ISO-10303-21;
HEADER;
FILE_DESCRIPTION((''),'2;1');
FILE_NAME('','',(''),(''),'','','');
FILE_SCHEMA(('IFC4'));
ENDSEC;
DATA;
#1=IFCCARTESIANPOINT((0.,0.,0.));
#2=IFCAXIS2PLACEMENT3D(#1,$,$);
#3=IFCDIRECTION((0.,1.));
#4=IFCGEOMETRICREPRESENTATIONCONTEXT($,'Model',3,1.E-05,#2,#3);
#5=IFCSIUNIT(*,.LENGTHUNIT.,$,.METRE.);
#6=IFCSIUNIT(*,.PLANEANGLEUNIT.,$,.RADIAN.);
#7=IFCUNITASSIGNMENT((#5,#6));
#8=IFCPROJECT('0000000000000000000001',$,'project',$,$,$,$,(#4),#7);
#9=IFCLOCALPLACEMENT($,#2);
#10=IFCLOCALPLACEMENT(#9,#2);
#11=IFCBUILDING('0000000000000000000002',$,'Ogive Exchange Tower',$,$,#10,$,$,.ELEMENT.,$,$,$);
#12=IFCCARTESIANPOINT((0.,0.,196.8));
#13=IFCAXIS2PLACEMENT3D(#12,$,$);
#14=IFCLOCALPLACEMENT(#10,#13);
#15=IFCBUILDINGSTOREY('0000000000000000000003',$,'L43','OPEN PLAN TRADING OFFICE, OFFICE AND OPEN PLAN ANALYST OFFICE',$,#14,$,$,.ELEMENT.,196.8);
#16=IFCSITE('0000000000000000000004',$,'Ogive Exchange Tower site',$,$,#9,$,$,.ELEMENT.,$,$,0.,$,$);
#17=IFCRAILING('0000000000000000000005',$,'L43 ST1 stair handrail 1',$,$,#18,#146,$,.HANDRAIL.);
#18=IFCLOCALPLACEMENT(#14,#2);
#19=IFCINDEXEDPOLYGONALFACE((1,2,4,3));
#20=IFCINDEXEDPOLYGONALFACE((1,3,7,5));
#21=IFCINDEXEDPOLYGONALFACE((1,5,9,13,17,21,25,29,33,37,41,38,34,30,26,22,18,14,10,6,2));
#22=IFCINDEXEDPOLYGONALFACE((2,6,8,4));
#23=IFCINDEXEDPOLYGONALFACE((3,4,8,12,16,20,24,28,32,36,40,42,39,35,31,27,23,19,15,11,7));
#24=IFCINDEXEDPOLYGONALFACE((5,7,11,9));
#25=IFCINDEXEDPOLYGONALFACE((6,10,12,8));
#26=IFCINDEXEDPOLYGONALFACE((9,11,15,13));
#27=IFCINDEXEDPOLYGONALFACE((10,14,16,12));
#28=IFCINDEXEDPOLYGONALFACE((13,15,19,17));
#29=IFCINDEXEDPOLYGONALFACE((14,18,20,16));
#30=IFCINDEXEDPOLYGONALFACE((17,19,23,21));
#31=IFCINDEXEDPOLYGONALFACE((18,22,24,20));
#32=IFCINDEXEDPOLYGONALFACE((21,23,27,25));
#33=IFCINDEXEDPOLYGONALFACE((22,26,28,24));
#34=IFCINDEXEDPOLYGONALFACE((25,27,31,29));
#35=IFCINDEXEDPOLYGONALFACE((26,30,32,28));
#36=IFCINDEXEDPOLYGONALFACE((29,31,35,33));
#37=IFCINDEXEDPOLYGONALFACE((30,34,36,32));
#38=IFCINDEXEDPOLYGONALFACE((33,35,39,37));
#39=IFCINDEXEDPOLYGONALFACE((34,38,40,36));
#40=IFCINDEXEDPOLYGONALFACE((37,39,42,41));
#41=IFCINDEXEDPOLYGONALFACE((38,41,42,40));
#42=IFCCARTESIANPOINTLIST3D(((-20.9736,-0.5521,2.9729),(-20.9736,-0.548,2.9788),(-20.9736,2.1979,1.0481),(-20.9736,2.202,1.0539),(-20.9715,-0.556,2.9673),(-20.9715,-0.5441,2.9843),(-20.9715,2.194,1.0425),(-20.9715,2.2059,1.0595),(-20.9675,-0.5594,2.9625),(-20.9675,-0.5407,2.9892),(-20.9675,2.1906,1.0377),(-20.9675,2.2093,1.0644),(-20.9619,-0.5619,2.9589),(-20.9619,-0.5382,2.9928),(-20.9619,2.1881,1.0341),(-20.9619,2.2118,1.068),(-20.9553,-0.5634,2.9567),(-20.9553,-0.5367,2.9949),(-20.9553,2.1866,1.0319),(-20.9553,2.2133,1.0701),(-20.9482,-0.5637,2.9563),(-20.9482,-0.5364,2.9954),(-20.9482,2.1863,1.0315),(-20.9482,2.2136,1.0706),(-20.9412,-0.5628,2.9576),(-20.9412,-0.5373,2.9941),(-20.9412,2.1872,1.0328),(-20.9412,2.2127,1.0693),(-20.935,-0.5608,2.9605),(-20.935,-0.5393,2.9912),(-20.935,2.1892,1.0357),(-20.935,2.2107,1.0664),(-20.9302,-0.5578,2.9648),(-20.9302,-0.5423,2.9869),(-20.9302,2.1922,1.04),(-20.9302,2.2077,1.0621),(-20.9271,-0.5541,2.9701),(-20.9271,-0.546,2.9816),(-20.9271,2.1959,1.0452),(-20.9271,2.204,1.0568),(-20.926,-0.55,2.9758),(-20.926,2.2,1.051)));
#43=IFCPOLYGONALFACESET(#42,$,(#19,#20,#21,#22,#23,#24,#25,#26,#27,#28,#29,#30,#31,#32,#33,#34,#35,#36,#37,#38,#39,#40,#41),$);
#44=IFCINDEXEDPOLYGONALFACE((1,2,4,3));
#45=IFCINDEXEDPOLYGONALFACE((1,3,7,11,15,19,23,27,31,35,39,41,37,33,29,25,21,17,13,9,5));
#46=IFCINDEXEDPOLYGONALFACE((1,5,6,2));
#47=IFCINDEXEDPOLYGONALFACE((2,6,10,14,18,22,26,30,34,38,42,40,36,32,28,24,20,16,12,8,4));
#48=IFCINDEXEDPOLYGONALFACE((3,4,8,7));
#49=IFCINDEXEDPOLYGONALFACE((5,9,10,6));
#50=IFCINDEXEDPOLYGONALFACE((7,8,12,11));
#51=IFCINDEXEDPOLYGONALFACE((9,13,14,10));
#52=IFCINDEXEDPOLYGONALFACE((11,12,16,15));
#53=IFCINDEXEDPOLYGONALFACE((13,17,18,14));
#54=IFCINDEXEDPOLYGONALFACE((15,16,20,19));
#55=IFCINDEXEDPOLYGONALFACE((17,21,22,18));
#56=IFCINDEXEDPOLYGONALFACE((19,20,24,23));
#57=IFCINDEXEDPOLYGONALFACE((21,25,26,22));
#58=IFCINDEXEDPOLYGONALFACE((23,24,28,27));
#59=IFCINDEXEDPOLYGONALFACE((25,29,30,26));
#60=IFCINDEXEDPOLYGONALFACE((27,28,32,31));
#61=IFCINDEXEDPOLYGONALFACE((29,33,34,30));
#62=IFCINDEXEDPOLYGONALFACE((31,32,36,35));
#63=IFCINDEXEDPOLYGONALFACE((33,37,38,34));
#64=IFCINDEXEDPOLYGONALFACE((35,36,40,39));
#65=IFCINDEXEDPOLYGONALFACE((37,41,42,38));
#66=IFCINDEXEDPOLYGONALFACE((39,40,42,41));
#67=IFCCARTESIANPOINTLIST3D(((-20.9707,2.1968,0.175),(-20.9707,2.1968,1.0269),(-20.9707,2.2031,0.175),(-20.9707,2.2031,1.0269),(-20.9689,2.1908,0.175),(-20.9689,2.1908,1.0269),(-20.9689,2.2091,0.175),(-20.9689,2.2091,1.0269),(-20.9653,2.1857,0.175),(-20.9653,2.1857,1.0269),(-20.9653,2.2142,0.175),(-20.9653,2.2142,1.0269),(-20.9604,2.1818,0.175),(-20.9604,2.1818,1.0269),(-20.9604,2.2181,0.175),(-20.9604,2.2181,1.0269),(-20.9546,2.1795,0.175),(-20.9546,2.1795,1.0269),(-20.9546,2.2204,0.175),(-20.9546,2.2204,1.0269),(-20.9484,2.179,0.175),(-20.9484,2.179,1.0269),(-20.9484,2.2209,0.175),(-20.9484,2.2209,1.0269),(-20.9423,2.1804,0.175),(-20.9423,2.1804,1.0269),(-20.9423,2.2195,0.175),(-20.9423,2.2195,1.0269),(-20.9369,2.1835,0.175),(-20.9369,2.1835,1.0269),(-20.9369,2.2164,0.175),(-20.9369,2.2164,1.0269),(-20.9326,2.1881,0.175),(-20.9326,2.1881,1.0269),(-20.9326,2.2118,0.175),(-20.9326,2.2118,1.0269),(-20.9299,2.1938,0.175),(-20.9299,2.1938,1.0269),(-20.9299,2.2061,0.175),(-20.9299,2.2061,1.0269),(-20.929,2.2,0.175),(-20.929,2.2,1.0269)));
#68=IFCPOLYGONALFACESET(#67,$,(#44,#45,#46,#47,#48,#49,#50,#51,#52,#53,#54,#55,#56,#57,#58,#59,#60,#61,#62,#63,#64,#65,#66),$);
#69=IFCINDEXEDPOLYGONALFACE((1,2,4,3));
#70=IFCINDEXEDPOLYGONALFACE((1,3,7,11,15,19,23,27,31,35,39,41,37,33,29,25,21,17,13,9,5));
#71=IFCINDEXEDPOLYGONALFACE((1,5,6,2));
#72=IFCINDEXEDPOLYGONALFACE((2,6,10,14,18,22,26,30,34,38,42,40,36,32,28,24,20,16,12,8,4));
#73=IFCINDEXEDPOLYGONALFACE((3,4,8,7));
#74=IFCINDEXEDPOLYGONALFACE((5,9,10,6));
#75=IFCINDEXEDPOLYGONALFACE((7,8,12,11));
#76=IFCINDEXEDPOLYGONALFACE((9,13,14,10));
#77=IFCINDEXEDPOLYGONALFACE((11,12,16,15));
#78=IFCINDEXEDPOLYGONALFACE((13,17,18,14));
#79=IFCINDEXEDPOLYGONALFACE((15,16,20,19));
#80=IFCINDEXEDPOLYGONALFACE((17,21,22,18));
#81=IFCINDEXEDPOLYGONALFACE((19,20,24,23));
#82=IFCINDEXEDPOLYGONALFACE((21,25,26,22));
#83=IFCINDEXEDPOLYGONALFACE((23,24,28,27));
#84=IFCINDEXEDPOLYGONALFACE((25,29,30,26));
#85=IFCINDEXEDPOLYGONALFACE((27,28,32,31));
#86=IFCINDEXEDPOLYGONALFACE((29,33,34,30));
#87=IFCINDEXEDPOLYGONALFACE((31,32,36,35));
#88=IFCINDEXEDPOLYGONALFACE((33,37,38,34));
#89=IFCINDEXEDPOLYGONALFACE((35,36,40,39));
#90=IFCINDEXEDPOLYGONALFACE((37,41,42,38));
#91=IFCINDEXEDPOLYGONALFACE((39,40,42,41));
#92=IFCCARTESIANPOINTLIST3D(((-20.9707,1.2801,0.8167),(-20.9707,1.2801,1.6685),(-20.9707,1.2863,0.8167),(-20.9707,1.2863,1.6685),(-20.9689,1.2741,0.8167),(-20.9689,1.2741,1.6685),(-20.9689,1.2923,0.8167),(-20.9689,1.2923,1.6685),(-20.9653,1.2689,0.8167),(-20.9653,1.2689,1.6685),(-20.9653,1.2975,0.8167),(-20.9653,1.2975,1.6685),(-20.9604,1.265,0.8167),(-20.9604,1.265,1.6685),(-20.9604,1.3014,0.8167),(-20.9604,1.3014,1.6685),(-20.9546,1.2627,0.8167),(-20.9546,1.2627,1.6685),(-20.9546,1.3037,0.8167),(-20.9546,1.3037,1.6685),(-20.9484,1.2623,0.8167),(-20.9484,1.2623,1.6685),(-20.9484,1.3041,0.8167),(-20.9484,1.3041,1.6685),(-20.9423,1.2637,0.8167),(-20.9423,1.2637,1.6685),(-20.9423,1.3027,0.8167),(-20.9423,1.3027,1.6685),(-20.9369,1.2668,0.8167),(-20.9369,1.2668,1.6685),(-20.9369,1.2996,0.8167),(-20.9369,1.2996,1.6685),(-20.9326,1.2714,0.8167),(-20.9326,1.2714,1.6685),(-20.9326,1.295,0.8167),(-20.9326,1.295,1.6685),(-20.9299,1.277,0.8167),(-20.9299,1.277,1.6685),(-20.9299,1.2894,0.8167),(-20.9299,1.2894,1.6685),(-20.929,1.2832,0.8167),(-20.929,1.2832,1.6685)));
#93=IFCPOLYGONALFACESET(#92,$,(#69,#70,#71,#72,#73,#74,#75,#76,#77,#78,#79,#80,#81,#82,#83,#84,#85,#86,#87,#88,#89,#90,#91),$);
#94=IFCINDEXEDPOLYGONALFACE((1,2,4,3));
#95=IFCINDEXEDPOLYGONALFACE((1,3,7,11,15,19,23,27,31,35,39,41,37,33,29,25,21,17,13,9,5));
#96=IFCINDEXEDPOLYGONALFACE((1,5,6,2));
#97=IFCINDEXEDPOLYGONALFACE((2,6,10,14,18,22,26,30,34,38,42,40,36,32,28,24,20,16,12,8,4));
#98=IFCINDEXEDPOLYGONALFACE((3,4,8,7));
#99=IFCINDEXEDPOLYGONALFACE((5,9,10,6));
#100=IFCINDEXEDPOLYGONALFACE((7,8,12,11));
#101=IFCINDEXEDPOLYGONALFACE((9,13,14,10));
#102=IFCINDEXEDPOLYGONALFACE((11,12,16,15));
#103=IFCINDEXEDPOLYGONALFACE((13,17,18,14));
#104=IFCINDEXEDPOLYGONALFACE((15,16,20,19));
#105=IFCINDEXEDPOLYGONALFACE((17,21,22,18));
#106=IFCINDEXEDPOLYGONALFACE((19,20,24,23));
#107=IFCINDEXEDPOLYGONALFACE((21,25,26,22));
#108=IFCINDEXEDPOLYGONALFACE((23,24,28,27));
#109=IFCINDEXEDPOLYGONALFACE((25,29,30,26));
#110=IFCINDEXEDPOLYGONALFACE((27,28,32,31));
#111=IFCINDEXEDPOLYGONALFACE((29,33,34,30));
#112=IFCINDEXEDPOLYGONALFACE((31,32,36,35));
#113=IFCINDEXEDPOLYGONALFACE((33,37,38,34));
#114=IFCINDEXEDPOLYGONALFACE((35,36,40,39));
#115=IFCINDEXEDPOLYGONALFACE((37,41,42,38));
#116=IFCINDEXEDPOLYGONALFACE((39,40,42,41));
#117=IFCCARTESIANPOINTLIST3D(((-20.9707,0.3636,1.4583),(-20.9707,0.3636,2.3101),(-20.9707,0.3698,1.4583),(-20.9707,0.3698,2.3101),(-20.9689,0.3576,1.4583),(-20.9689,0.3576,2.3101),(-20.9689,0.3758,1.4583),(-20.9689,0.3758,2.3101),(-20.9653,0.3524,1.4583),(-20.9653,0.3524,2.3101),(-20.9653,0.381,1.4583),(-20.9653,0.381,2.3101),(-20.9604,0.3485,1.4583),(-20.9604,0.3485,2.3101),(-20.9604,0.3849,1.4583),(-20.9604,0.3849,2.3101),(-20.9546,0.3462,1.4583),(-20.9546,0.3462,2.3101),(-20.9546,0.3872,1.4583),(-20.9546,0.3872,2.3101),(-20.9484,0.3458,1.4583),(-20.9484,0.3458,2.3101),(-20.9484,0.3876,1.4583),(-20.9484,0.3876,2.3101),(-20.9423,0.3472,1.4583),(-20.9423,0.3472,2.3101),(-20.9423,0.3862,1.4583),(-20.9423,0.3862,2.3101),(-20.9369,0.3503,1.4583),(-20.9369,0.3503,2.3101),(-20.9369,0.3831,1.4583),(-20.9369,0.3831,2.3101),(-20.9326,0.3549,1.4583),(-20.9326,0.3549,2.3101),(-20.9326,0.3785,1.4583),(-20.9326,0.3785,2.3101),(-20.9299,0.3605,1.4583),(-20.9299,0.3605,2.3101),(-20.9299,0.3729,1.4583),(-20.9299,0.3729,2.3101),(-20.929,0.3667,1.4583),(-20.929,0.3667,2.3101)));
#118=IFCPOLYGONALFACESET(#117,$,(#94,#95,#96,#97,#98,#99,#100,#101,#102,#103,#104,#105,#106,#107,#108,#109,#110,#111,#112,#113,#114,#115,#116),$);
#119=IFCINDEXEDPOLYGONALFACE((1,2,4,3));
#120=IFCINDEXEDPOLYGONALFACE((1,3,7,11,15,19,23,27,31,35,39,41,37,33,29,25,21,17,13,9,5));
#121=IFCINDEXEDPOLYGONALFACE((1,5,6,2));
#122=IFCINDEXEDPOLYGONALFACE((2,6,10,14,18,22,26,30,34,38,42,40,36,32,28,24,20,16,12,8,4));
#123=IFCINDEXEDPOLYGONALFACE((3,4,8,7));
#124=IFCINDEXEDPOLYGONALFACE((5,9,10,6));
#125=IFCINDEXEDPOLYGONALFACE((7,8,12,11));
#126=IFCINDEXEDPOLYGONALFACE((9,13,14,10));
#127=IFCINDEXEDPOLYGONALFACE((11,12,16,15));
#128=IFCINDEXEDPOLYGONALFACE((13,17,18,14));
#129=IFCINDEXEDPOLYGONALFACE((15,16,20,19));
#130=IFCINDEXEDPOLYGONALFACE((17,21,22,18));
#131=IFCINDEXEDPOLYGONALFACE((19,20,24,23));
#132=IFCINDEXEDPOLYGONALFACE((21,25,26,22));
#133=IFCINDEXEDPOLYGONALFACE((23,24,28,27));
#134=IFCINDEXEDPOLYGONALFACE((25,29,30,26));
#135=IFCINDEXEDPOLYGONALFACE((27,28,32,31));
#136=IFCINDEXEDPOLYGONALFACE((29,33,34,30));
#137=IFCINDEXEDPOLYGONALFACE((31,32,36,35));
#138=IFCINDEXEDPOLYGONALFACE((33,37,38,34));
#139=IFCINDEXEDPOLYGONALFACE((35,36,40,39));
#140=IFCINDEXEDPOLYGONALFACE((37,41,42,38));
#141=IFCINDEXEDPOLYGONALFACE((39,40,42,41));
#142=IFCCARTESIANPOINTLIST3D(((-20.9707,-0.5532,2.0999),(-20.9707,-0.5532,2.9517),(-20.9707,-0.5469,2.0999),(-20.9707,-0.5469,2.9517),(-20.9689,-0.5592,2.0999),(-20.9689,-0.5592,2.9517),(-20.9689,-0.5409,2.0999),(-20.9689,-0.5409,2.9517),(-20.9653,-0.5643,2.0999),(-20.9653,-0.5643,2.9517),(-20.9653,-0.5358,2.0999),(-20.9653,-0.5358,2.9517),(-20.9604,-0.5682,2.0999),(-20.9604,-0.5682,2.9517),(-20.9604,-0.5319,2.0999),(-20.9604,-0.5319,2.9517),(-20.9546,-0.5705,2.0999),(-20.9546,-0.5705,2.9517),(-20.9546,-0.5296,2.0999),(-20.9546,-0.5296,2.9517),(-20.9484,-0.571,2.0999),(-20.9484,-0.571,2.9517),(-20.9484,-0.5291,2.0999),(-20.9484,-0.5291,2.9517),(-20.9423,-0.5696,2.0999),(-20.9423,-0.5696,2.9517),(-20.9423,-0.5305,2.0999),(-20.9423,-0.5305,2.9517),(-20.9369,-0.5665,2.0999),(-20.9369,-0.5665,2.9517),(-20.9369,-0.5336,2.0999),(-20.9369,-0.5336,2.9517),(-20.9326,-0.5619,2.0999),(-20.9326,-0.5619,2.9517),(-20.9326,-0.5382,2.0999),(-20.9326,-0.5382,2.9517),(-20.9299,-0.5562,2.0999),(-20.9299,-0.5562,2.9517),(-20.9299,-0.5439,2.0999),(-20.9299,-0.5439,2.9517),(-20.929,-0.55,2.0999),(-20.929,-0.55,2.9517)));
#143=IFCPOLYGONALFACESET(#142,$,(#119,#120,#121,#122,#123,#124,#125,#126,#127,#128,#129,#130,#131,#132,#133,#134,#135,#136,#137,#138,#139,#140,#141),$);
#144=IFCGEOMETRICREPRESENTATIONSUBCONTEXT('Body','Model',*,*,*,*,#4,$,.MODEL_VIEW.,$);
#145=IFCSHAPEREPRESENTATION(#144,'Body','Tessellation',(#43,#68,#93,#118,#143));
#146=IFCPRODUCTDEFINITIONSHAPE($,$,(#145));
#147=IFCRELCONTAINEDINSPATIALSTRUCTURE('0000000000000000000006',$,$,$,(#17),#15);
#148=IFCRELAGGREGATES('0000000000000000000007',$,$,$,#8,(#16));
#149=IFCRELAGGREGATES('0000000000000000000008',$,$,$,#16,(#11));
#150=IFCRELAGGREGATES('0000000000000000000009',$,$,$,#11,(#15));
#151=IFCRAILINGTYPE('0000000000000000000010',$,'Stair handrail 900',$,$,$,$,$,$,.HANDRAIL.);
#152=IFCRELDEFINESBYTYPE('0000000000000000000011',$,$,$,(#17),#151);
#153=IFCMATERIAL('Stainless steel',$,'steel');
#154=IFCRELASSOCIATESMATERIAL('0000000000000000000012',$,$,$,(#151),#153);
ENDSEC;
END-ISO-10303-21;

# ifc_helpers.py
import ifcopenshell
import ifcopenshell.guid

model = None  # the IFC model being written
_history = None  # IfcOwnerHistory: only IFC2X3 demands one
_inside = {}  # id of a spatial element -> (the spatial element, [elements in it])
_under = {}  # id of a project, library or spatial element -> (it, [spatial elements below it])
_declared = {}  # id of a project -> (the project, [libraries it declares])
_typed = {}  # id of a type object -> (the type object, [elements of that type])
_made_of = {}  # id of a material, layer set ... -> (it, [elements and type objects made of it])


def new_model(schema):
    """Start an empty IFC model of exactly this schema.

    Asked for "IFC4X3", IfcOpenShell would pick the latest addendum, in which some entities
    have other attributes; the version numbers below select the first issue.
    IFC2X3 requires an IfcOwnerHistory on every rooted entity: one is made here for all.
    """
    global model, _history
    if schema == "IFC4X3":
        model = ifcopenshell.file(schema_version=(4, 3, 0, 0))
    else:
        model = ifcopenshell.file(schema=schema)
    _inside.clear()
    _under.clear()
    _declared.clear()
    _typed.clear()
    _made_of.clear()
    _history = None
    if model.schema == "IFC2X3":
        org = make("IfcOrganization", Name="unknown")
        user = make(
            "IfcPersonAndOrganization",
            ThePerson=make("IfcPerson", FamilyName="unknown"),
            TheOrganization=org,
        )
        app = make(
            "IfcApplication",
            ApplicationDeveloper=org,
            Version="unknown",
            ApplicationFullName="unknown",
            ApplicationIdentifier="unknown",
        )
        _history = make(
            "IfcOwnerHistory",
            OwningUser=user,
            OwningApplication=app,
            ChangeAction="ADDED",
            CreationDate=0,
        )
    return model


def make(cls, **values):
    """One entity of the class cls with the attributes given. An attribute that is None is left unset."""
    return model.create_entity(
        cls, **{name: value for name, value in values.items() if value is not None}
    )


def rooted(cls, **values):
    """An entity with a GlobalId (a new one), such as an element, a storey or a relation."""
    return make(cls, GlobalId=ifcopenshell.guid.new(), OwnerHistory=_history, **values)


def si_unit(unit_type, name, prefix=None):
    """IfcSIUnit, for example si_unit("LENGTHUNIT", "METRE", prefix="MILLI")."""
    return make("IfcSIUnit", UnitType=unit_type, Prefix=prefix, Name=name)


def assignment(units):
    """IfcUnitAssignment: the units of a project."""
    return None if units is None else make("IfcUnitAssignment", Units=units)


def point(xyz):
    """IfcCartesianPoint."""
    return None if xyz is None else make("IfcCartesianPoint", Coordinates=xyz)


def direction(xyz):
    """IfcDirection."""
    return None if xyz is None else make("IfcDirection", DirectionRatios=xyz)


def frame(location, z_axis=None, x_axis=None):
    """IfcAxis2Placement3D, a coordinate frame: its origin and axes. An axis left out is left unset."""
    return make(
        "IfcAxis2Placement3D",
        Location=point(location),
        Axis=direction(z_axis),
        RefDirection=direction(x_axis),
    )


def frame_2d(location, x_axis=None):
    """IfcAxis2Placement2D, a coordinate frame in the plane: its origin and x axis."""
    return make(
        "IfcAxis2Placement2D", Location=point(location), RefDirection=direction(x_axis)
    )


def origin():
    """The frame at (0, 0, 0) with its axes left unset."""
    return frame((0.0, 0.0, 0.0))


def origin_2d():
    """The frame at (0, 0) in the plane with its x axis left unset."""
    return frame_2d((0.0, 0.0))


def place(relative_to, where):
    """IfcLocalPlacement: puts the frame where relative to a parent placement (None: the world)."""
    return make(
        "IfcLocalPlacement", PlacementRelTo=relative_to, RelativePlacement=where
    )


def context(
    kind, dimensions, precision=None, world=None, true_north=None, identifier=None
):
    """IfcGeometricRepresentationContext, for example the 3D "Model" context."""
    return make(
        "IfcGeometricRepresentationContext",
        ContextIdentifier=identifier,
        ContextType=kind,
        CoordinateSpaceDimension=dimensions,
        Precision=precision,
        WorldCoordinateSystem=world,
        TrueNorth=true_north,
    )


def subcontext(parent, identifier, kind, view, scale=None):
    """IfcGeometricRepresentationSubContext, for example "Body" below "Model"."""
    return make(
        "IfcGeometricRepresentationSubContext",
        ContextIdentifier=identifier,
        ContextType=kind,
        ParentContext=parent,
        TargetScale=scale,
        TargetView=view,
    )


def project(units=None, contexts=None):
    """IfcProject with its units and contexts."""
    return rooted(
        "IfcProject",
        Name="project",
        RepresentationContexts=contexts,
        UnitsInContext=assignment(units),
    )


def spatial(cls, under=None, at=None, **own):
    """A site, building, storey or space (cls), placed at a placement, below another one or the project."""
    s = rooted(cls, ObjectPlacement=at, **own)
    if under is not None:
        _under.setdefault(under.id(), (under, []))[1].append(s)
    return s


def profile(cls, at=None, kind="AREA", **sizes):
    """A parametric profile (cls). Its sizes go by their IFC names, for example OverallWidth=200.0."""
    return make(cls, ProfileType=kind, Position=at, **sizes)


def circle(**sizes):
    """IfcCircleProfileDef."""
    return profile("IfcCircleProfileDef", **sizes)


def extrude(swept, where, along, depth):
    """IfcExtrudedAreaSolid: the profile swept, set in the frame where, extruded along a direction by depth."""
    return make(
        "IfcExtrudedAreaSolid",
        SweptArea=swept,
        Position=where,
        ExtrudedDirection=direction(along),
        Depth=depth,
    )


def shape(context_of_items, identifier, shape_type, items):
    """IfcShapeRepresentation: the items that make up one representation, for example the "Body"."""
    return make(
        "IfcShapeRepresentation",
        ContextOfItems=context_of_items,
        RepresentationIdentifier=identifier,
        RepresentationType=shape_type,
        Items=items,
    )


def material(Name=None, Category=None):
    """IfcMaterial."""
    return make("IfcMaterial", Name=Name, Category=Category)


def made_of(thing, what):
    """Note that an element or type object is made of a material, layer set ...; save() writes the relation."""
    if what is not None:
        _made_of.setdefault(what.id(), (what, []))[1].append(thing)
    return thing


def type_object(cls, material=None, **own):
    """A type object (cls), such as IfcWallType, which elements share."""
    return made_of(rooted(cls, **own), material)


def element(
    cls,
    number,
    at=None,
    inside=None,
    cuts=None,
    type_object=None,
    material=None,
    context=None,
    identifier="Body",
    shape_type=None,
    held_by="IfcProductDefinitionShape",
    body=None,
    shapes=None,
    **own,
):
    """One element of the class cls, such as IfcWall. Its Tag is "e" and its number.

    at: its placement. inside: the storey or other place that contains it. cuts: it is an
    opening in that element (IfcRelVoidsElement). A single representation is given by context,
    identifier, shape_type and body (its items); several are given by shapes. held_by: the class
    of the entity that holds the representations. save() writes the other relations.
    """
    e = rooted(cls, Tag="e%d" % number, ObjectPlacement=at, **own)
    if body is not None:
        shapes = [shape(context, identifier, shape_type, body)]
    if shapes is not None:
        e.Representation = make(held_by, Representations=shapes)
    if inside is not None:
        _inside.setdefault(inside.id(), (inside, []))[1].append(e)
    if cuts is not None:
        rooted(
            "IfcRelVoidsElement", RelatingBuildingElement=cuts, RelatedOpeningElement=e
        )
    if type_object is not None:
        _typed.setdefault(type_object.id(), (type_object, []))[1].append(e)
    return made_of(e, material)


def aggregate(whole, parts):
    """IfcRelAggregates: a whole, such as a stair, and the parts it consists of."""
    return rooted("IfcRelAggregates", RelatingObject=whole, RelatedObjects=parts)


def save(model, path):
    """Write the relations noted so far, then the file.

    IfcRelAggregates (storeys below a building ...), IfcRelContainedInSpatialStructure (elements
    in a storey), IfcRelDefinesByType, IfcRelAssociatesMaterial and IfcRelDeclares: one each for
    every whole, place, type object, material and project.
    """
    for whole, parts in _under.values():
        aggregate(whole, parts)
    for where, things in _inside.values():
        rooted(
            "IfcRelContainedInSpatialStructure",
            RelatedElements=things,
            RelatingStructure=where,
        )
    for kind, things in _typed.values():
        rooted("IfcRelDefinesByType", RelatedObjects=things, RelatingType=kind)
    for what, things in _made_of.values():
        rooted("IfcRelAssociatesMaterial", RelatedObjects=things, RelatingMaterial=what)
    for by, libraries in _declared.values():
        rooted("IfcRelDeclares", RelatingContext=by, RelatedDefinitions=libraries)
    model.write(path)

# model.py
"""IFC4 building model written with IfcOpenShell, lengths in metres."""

from ifc_helpers import new_model, si_unit, direction, frame, origin, origin_2d, place, context, subcontext, project, spatial, circle, extrude, material, type_object, element, save


model = new_model("IFC4")

# Units and contexts
model_context = context("Model", 3, precision=1e-05, world=origin(), true_north=direction((0.0, 1.0)))
body_context = subcontext(model_context, "Body", "Model", "MODEL_VIEW")
ifc_project = project(units=[si_unit("LENGTHUNIT", "METRE"), si_unit("PLANEANGLEUNIT", "RADIAN")], contexts=[model_context])

# Site, building, storey
site_placement = place(None, origin())
site = spatial("IfcSite", under=ifc_project, at=site_placement, Name="Ogive Exchange Tower site", CompositionType="ELEMENT", RefElevation=0.0)
building_placement = place(site_placement, origin())
building = spatial("IfcBuilding", under=site, at=building_placement, Name="Ogive Exchange Tower", CompositionType="ELEMENT")
storey_placement = place(building_placement, frame((0.0, 0.0, 196.8)))
storey = spatial("IfcBuildingStorey", under=building, at=storey_placement, Name="L43", Description="OPEN PLAN TRADING OFFICE, OFFICE AND OPEN PLAN ANALYST OFFICE", CompositionType="ELEMENT", Elevation=196.8)

# Shared definitions
ifc_material_1 = material(Name="Stainless steel", Category="steel")

# Railing
railing_type = type_object("IfcRailingType", Name="Stair handrail 900", PredefinedType="HANDRAIL", material=ifc_material_1)
railing_1_placement = place(storey_placement, frame((-20.95, 2.2, 0.175)))
element("IfcRailing", 1, at=railing_1_placement, inside=storey, type_object=railing_type, Name="L43 ST1 stair handrail 1", PredefinedType="HANDRAIL", context=body_context, shape_type="SweptSolid", body=[
    extrude(circle(Radius=0.0239, at=origin_2d()), frame((0.0, 0.0, 0.876), z_axis=(0.0, -0.819259, 0.573423), x_axis=(1.0, 0.0, 0.0)), (0.0, 0.0, 1.0), 3.3567),
    extrude(circle(Radius=0.021, at=origin_2d()), origin(), (0.0, 0.0, 1.0), 0.8518),
    extrude(circle(Radius=0.021, at=origin_2d()), frame((0.0, -0.9167, 0.6416)), (0.0, 0.0, 1.0), 0.8518),
    extrude(circle(Radius=0.021, at=origin_2d()), frame((0.0, -1.8333, 1.2832)), (0.0, 0.0, 1.0), 0.8518),
    extrude(circle(Radius=0.021, at=origin_2d()), frame((0.0, -2.75, 1.9248)), (0.0, 0.0, 1.0), 0.8518),
])

save(model, "model.ifc")
